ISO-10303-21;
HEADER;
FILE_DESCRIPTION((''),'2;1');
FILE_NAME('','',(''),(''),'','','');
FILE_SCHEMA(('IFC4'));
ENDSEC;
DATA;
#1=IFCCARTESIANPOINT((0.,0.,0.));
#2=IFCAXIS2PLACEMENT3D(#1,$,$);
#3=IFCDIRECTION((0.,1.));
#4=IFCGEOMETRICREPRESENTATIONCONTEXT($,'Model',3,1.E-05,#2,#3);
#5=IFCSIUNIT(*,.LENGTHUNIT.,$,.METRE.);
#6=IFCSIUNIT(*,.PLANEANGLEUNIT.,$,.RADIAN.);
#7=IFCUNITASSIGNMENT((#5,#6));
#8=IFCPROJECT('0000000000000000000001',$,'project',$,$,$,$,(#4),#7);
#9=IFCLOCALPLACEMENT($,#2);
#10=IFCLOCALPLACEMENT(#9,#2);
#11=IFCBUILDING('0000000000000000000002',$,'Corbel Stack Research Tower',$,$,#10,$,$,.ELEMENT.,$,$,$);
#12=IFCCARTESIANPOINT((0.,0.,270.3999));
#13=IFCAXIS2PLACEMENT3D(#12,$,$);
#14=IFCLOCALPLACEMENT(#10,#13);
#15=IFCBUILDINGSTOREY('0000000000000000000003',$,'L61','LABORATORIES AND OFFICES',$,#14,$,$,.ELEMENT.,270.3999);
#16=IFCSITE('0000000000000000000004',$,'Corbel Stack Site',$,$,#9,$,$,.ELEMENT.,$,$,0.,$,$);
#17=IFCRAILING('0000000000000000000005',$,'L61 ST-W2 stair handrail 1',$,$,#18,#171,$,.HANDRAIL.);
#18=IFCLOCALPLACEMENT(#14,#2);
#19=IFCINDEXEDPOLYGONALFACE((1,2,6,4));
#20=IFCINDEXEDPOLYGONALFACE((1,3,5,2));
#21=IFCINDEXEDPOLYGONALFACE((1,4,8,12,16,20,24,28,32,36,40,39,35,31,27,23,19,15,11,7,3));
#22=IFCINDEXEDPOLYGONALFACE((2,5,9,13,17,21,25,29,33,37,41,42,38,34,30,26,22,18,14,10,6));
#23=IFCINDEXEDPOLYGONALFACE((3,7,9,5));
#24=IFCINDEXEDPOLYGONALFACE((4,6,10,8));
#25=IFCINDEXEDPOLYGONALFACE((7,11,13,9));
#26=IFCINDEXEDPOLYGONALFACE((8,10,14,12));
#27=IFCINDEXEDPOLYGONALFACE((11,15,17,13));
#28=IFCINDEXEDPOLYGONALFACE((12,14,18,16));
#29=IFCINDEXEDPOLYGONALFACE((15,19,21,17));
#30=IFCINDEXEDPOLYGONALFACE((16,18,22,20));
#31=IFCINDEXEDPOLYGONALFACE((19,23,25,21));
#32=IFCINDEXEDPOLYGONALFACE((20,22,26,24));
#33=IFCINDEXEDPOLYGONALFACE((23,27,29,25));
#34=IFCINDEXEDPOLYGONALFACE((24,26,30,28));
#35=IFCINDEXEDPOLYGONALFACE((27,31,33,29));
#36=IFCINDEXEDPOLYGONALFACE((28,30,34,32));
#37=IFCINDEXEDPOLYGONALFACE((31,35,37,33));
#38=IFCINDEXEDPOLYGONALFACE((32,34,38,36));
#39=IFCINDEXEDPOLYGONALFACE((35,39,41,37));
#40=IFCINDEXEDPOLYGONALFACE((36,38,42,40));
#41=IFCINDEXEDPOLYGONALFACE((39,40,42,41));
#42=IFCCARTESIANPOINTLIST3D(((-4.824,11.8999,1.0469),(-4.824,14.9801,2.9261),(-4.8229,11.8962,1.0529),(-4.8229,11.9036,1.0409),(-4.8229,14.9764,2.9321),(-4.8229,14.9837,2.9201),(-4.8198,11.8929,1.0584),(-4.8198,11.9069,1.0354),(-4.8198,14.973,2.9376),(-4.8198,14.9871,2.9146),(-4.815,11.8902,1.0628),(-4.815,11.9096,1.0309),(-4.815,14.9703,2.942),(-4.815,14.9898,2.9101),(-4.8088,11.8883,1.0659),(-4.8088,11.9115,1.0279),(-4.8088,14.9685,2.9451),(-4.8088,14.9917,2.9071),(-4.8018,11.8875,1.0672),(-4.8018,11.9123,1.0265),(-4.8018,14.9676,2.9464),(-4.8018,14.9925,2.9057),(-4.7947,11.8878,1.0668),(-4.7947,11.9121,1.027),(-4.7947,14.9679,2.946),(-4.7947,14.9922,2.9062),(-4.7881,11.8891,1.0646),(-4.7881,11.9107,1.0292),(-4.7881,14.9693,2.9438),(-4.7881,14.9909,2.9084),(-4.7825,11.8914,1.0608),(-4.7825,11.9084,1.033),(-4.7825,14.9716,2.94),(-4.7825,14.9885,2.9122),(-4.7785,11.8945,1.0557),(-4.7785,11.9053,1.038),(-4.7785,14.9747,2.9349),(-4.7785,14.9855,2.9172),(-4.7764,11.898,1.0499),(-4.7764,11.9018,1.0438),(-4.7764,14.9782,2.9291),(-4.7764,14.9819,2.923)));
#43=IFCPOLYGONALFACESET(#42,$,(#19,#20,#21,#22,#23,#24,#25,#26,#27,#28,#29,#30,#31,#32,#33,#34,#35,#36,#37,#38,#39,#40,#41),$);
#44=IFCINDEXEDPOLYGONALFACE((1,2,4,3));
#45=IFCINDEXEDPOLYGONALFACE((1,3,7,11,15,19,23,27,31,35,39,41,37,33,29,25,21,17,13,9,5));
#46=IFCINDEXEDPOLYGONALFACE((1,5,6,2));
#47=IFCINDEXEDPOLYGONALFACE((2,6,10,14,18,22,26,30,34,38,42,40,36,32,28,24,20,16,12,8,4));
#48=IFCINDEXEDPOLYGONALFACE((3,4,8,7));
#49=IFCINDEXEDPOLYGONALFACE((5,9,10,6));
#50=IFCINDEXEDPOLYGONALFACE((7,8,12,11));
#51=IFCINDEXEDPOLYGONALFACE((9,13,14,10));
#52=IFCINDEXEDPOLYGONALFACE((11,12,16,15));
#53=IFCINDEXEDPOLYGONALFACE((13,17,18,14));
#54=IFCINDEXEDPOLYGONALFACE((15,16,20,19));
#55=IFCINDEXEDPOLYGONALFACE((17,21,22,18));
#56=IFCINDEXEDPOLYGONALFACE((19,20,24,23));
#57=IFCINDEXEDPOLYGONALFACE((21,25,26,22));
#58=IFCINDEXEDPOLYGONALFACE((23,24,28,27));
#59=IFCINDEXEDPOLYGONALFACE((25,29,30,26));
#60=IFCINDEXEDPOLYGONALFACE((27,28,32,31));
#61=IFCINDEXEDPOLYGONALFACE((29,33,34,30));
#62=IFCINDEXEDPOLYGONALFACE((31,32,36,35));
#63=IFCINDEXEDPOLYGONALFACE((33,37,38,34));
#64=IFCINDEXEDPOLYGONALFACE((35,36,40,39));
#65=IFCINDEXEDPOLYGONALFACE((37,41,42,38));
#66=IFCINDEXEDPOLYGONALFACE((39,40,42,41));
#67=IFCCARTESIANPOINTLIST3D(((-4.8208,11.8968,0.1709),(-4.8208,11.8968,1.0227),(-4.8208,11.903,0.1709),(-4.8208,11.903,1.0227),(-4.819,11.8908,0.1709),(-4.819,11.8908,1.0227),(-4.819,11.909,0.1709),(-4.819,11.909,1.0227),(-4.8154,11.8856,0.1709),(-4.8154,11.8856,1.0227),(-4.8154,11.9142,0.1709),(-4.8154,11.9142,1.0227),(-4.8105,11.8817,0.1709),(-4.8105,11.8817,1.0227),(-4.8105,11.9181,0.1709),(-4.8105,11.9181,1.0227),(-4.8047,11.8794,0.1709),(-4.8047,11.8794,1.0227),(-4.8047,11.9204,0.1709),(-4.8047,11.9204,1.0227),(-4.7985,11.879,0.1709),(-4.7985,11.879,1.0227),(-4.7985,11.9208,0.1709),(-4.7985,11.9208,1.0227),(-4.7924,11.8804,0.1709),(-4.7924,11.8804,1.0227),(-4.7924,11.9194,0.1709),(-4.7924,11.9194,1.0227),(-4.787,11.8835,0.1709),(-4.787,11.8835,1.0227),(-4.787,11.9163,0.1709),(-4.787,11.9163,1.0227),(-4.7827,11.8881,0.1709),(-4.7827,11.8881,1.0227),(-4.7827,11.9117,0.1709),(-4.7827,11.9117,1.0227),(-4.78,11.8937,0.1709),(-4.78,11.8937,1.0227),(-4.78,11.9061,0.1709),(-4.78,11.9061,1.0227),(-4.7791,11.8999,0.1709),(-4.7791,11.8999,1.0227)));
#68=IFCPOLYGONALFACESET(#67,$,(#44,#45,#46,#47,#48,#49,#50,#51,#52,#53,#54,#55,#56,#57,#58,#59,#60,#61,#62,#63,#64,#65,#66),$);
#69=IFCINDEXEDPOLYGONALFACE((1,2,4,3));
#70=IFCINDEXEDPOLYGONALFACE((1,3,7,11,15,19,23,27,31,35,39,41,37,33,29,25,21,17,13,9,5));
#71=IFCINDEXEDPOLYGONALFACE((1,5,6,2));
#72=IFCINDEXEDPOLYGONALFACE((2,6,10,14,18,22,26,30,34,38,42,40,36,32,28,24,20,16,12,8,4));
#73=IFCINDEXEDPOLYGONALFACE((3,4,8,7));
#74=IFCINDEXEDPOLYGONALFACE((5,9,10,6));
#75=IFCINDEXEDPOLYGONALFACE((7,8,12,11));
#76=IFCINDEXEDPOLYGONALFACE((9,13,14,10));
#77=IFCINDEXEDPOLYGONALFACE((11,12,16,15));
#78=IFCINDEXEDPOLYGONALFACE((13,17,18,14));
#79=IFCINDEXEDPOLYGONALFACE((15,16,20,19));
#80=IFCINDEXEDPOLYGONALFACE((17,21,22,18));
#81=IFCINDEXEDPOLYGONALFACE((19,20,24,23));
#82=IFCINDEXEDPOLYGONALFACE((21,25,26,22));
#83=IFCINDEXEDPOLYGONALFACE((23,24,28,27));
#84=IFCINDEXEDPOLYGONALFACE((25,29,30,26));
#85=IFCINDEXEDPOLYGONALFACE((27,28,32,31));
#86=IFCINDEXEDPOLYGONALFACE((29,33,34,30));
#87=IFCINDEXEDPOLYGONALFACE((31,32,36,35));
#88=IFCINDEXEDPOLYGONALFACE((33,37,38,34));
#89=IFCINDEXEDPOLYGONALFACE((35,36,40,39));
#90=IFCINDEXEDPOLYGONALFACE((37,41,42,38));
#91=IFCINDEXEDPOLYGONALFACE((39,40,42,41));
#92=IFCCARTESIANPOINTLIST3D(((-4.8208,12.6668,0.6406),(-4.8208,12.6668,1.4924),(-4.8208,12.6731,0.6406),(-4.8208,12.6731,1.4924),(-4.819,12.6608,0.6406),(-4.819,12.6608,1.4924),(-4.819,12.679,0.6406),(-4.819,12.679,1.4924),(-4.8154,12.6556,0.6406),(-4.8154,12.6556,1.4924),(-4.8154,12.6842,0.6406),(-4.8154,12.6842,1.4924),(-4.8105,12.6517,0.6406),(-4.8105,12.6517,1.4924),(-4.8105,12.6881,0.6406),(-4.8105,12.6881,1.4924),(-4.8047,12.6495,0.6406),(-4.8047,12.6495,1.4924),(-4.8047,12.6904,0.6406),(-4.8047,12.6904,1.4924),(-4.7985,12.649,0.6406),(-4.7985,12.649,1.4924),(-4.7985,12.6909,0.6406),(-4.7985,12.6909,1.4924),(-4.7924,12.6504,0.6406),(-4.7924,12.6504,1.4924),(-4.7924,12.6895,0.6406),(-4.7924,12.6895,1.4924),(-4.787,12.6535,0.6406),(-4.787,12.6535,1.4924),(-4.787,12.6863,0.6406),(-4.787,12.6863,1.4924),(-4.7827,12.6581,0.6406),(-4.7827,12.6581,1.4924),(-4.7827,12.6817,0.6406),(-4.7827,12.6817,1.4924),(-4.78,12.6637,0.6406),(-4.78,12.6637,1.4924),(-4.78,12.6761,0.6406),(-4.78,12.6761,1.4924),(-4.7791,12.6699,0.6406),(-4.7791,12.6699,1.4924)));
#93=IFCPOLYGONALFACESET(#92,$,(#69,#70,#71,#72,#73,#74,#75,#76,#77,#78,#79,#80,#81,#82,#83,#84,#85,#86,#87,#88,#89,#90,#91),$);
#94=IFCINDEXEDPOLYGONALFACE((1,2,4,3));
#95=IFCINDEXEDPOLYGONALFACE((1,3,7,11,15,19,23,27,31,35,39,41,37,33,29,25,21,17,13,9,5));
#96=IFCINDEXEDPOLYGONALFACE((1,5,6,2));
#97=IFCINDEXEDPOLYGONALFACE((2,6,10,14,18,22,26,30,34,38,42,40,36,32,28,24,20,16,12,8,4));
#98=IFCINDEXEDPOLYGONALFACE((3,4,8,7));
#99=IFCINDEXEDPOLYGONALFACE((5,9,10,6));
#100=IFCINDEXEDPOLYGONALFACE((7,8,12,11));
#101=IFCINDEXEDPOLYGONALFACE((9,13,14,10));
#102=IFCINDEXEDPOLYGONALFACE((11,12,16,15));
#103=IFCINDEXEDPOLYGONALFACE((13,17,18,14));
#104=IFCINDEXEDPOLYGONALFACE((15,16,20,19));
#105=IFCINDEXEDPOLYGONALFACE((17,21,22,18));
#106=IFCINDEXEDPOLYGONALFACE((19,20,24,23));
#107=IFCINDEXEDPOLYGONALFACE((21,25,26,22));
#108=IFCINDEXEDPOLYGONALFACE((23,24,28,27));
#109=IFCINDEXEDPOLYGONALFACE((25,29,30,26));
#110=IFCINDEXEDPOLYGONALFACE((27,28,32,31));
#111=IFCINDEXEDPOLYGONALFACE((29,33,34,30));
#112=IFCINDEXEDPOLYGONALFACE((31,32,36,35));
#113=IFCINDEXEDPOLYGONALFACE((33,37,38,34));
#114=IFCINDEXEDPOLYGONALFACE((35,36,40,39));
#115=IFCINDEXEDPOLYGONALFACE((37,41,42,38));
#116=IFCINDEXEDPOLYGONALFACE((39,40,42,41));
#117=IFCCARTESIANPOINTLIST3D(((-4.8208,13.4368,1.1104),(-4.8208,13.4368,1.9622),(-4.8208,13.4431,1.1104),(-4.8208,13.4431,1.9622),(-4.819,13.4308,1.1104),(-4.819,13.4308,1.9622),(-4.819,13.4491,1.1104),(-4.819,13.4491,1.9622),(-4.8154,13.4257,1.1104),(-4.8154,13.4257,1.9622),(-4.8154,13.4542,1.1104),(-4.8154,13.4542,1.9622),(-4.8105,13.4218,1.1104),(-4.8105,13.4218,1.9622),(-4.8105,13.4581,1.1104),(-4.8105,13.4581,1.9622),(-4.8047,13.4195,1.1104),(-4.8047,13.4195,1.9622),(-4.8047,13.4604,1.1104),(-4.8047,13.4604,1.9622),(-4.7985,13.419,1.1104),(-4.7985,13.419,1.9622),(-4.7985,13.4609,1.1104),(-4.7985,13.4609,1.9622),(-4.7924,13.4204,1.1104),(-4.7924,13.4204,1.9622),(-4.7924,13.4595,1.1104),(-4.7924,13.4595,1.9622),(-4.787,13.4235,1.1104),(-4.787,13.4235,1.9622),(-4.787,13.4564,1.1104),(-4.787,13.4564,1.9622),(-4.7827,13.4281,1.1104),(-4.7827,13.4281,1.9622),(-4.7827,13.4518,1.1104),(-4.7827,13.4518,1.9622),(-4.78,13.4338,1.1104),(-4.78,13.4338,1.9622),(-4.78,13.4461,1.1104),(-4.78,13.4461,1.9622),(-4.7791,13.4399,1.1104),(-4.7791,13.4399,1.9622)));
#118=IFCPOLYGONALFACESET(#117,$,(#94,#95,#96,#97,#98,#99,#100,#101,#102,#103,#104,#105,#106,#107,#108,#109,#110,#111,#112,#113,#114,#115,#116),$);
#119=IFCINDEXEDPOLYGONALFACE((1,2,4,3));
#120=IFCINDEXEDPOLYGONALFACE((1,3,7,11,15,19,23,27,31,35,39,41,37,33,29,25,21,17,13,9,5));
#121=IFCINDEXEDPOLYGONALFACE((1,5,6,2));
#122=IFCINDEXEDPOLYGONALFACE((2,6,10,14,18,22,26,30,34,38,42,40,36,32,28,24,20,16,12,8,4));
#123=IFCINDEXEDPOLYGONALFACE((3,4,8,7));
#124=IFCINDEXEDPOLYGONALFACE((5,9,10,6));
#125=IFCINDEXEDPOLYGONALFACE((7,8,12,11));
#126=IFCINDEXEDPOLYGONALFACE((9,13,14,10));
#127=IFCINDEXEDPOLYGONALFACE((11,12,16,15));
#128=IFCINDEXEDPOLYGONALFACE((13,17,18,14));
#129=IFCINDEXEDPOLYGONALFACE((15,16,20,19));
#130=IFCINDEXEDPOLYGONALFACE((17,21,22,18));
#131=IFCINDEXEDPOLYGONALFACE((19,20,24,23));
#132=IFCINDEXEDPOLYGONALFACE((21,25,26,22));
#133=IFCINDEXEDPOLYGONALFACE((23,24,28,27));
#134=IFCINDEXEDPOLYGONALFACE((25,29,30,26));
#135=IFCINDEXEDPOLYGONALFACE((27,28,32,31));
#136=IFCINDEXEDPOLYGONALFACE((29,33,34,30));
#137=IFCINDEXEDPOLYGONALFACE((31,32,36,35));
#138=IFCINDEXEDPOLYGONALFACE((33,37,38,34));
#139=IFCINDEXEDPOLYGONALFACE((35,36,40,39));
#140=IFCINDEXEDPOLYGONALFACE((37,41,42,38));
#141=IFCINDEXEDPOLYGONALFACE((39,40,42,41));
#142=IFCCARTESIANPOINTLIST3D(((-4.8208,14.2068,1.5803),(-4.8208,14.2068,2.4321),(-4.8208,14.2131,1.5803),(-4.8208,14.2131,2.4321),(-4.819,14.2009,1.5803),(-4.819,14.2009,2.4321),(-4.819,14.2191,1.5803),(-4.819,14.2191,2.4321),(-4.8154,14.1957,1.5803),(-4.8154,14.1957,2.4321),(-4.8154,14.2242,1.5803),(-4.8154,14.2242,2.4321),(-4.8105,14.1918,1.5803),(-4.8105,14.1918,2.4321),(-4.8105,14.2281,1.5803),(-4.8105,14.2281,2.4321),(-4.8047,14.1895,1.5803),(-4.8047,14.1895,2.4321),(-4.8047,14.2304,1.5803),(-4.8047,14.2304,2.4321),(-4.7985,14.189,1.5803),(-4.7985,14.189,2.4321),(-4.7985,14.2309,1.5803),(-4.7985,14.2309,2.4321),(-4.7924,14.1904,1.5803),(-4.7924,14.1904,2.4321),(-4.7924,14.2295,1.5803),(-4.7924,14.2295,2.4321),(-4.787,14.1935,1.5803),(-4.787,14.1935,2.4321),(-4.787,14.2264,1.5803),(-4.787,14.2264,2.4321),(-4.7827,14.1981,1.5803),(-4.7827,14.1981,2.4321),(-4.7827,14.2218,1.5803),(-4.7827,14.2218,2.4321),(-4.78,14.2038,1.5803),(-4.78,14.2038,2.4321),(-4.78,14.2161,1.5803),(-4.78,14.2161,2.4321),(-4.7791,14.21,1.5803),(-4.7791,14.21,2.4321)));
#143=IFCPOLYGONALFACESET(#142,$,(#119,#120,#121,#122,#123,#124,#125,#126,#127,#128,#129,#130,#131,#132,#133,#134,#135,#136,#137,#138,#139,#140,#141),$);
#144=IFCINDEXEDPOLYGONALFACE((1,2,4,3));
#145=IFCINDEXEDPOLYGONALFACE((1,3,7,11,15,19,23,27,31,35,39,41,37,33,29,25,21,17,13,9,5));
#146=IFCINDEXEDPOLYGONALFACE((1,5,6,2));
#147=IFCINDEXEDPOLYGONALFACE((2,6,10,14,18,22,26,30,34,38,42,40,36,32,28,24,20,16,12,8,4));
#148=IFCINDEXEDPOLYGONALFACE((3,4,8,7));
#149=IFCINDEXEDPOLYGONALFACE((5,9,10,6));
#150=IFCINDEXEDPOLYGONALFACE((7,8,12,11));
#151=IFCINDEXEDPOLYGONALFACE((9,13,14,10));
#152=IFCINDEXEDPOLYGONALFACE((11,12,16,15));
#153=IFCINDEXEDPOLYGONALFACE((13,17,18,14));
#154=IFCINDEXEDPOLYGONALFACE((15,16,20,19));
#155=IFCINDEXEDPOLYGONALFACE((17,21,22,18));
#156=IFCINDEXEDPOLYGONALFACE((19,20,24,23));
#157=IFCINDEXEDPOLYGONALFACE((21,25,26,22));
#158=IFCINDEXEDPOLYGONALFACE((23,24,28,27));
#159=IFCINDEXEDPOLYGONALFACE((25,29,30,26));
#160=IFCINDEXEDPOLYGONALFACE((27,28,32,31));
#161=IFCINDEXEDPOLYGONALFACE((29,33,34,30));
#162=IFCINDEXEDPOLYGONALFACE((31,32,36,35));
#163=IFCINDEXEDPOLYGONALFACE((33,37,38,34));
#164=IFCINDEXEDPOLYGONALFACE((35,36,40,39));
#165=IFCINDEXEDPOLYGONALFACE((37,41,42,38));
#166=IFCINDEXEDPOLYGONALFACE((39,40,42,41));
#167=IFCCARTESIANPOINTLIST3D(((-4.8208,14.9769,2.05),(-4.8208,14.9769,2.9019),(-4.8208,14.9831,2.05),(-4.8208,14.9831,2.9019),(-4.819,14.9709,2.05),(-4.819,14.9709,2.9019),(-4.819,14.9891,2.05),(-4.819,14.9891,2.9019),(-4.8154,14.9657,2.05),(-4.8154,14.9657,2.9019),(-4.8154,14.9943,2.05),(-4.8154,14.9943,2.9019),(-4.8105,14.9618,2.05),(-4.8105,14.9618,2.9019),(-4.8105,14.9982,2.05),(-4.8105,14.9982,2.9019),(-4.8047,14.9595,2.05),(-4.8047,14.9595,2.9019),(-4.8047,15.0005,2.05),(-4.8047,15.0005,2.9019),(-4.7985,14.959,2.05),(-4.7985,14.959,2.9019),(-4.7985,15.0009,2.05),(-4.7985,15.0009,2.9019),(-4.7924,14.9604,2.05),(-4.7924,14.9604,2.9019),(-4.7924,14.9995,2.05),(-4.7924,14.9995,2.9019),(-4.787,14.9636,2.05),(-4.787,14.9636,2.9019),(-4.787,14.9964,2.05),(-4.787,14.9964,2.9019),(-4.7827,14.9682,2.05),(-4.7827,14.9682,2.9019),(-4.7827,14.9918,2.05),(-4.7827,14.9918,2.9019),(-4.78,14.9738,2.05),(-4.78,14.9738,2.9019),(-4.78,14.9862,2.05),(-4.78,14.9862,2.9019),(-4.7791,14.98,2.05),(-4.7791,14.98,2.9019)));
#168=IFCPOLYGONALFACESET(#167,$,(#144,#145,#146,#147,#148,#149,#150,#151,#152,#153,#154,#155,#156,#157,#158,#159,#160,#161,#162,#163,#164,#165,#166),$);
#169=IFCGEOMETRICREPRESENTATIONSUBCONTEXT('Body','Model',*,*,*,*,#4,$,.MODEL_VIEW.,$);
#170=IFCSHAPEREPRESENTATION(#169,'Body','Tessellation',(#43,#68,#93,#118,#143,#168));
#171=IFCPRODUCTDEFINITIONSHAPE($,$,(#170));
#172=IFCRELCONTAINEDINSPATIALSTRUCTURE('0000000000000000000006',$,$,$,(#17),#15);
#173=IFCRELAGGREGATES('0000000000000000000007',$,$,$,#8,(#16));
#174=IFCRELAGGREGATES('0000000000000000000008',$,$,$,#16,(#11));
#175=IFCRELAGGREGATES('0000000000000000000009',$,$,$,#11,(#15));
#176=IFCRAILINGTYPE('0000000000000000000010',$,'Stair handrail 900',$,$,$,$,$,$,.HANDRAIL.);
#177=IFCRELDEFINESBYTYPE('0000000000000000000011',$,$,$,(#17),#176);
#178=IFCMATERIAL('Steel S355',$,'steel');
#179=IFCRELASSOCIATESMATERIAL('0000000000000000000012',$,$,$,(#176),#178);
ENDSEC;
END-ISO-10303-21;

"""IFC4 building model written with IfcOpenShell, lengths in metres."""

from ifc_helpers import new_model, si_unit, direction, frame, origin, origin_2d, place, context, subcontext, project, spatial, circle, extrude, material, type_object, element, save


model = new_model("IFC4")

# Units and contexts
model_context = context("Model", 3, precision=1e-05, world=origin(), true_north=direction((0.0, 1.0)))
body_context = subcontext(model_context, "Body", "Model", "MODEL_VIEW")
ifc_project = project(units=[si_unit("LENGTHUNIT", "METRE"), si_unit("PLANEANGLEUNIT", "RADIAN")], contexts=[model_context])

# Site, building, storey
site_placement = place(None, origin())
site = spatial("IfcSite", under=ifc_project, at=site_placement, Name="Corbel Stack Site", CompositionType="ELEMENT", RefElevation=0.0)
building_placement = place(site_placement, origin())
building = spatial("IfcBuilding", under=site, at=building_placement, Name="Corbel Stack Research Tower", CompositionType="ELEMENT")
storey_placement = place(building_placement, frame((0.0, 0.0, 270.3999)))
storey = spatial("IfcBuildingStorey", under=building, at=storey_placement, Name="L61", Description="LABORATORIES AND OFFICES", CompositionType="ELEMENT", Elevation=270.3999)

# Railing
ifc_material_1 = material(Name="Steel S355", Category="steel")
railing_type_1 = type_object("IfcRailingType", Name="Stair handrail 900", PredefinedType="HANDRAIL", material=ifc_material_1)
railing_1_placement = place(storey_placement, frame((-4.8, 11.8999, 0.1709)))
element("IfcRailing", 1, at=railing_1_placement, inside=storey, type_object=railing_type_1, Name="L61 ST-W2 stair handrail 1", PredefinedType="HANDRAIL", context=body_context, shape_type="SweptSolid", body=[
    extrude(circle(Radius=0.0239, at=origin_2d()), frame((0.0, 0.0, 0.876), z_axis=(0.0, 0.853666, 0.52082), x_axis=(-1.0, 0.0, 0.0)), (0.0, 0.0, 1.0), 3.6082),
    extrude(circle(Radius=0.021, at=origin_2d()), origin(), (0.0, 0.0, 1.0), 0.8518),
    extrude(circle(Radius=0.021, at=origin_2d()), frame((0.0, 0.77, 0.4697)), (0.0, 0.0, 1.0), 0.8518),
    extrude(circle(Radius=0.021, at=origin_2d()), frame((0.0, 1.54, 0.9395)), (0.0, 0.0, 1.0), 0.8518),
    extrude(circle(Radius=0.021, at=origin_2d()), frame((0.0, 2.3101, 1.4094)), (0.0, 0.0, 1.0), 0.8518),
    extrude(circle(Radius=0.021, at=origin_2d()), frame((0.0, 3.0801, 1.8792)), (0.0, 0.0, 1.0), 0.8518),
])

save(model, "model.ifc")
